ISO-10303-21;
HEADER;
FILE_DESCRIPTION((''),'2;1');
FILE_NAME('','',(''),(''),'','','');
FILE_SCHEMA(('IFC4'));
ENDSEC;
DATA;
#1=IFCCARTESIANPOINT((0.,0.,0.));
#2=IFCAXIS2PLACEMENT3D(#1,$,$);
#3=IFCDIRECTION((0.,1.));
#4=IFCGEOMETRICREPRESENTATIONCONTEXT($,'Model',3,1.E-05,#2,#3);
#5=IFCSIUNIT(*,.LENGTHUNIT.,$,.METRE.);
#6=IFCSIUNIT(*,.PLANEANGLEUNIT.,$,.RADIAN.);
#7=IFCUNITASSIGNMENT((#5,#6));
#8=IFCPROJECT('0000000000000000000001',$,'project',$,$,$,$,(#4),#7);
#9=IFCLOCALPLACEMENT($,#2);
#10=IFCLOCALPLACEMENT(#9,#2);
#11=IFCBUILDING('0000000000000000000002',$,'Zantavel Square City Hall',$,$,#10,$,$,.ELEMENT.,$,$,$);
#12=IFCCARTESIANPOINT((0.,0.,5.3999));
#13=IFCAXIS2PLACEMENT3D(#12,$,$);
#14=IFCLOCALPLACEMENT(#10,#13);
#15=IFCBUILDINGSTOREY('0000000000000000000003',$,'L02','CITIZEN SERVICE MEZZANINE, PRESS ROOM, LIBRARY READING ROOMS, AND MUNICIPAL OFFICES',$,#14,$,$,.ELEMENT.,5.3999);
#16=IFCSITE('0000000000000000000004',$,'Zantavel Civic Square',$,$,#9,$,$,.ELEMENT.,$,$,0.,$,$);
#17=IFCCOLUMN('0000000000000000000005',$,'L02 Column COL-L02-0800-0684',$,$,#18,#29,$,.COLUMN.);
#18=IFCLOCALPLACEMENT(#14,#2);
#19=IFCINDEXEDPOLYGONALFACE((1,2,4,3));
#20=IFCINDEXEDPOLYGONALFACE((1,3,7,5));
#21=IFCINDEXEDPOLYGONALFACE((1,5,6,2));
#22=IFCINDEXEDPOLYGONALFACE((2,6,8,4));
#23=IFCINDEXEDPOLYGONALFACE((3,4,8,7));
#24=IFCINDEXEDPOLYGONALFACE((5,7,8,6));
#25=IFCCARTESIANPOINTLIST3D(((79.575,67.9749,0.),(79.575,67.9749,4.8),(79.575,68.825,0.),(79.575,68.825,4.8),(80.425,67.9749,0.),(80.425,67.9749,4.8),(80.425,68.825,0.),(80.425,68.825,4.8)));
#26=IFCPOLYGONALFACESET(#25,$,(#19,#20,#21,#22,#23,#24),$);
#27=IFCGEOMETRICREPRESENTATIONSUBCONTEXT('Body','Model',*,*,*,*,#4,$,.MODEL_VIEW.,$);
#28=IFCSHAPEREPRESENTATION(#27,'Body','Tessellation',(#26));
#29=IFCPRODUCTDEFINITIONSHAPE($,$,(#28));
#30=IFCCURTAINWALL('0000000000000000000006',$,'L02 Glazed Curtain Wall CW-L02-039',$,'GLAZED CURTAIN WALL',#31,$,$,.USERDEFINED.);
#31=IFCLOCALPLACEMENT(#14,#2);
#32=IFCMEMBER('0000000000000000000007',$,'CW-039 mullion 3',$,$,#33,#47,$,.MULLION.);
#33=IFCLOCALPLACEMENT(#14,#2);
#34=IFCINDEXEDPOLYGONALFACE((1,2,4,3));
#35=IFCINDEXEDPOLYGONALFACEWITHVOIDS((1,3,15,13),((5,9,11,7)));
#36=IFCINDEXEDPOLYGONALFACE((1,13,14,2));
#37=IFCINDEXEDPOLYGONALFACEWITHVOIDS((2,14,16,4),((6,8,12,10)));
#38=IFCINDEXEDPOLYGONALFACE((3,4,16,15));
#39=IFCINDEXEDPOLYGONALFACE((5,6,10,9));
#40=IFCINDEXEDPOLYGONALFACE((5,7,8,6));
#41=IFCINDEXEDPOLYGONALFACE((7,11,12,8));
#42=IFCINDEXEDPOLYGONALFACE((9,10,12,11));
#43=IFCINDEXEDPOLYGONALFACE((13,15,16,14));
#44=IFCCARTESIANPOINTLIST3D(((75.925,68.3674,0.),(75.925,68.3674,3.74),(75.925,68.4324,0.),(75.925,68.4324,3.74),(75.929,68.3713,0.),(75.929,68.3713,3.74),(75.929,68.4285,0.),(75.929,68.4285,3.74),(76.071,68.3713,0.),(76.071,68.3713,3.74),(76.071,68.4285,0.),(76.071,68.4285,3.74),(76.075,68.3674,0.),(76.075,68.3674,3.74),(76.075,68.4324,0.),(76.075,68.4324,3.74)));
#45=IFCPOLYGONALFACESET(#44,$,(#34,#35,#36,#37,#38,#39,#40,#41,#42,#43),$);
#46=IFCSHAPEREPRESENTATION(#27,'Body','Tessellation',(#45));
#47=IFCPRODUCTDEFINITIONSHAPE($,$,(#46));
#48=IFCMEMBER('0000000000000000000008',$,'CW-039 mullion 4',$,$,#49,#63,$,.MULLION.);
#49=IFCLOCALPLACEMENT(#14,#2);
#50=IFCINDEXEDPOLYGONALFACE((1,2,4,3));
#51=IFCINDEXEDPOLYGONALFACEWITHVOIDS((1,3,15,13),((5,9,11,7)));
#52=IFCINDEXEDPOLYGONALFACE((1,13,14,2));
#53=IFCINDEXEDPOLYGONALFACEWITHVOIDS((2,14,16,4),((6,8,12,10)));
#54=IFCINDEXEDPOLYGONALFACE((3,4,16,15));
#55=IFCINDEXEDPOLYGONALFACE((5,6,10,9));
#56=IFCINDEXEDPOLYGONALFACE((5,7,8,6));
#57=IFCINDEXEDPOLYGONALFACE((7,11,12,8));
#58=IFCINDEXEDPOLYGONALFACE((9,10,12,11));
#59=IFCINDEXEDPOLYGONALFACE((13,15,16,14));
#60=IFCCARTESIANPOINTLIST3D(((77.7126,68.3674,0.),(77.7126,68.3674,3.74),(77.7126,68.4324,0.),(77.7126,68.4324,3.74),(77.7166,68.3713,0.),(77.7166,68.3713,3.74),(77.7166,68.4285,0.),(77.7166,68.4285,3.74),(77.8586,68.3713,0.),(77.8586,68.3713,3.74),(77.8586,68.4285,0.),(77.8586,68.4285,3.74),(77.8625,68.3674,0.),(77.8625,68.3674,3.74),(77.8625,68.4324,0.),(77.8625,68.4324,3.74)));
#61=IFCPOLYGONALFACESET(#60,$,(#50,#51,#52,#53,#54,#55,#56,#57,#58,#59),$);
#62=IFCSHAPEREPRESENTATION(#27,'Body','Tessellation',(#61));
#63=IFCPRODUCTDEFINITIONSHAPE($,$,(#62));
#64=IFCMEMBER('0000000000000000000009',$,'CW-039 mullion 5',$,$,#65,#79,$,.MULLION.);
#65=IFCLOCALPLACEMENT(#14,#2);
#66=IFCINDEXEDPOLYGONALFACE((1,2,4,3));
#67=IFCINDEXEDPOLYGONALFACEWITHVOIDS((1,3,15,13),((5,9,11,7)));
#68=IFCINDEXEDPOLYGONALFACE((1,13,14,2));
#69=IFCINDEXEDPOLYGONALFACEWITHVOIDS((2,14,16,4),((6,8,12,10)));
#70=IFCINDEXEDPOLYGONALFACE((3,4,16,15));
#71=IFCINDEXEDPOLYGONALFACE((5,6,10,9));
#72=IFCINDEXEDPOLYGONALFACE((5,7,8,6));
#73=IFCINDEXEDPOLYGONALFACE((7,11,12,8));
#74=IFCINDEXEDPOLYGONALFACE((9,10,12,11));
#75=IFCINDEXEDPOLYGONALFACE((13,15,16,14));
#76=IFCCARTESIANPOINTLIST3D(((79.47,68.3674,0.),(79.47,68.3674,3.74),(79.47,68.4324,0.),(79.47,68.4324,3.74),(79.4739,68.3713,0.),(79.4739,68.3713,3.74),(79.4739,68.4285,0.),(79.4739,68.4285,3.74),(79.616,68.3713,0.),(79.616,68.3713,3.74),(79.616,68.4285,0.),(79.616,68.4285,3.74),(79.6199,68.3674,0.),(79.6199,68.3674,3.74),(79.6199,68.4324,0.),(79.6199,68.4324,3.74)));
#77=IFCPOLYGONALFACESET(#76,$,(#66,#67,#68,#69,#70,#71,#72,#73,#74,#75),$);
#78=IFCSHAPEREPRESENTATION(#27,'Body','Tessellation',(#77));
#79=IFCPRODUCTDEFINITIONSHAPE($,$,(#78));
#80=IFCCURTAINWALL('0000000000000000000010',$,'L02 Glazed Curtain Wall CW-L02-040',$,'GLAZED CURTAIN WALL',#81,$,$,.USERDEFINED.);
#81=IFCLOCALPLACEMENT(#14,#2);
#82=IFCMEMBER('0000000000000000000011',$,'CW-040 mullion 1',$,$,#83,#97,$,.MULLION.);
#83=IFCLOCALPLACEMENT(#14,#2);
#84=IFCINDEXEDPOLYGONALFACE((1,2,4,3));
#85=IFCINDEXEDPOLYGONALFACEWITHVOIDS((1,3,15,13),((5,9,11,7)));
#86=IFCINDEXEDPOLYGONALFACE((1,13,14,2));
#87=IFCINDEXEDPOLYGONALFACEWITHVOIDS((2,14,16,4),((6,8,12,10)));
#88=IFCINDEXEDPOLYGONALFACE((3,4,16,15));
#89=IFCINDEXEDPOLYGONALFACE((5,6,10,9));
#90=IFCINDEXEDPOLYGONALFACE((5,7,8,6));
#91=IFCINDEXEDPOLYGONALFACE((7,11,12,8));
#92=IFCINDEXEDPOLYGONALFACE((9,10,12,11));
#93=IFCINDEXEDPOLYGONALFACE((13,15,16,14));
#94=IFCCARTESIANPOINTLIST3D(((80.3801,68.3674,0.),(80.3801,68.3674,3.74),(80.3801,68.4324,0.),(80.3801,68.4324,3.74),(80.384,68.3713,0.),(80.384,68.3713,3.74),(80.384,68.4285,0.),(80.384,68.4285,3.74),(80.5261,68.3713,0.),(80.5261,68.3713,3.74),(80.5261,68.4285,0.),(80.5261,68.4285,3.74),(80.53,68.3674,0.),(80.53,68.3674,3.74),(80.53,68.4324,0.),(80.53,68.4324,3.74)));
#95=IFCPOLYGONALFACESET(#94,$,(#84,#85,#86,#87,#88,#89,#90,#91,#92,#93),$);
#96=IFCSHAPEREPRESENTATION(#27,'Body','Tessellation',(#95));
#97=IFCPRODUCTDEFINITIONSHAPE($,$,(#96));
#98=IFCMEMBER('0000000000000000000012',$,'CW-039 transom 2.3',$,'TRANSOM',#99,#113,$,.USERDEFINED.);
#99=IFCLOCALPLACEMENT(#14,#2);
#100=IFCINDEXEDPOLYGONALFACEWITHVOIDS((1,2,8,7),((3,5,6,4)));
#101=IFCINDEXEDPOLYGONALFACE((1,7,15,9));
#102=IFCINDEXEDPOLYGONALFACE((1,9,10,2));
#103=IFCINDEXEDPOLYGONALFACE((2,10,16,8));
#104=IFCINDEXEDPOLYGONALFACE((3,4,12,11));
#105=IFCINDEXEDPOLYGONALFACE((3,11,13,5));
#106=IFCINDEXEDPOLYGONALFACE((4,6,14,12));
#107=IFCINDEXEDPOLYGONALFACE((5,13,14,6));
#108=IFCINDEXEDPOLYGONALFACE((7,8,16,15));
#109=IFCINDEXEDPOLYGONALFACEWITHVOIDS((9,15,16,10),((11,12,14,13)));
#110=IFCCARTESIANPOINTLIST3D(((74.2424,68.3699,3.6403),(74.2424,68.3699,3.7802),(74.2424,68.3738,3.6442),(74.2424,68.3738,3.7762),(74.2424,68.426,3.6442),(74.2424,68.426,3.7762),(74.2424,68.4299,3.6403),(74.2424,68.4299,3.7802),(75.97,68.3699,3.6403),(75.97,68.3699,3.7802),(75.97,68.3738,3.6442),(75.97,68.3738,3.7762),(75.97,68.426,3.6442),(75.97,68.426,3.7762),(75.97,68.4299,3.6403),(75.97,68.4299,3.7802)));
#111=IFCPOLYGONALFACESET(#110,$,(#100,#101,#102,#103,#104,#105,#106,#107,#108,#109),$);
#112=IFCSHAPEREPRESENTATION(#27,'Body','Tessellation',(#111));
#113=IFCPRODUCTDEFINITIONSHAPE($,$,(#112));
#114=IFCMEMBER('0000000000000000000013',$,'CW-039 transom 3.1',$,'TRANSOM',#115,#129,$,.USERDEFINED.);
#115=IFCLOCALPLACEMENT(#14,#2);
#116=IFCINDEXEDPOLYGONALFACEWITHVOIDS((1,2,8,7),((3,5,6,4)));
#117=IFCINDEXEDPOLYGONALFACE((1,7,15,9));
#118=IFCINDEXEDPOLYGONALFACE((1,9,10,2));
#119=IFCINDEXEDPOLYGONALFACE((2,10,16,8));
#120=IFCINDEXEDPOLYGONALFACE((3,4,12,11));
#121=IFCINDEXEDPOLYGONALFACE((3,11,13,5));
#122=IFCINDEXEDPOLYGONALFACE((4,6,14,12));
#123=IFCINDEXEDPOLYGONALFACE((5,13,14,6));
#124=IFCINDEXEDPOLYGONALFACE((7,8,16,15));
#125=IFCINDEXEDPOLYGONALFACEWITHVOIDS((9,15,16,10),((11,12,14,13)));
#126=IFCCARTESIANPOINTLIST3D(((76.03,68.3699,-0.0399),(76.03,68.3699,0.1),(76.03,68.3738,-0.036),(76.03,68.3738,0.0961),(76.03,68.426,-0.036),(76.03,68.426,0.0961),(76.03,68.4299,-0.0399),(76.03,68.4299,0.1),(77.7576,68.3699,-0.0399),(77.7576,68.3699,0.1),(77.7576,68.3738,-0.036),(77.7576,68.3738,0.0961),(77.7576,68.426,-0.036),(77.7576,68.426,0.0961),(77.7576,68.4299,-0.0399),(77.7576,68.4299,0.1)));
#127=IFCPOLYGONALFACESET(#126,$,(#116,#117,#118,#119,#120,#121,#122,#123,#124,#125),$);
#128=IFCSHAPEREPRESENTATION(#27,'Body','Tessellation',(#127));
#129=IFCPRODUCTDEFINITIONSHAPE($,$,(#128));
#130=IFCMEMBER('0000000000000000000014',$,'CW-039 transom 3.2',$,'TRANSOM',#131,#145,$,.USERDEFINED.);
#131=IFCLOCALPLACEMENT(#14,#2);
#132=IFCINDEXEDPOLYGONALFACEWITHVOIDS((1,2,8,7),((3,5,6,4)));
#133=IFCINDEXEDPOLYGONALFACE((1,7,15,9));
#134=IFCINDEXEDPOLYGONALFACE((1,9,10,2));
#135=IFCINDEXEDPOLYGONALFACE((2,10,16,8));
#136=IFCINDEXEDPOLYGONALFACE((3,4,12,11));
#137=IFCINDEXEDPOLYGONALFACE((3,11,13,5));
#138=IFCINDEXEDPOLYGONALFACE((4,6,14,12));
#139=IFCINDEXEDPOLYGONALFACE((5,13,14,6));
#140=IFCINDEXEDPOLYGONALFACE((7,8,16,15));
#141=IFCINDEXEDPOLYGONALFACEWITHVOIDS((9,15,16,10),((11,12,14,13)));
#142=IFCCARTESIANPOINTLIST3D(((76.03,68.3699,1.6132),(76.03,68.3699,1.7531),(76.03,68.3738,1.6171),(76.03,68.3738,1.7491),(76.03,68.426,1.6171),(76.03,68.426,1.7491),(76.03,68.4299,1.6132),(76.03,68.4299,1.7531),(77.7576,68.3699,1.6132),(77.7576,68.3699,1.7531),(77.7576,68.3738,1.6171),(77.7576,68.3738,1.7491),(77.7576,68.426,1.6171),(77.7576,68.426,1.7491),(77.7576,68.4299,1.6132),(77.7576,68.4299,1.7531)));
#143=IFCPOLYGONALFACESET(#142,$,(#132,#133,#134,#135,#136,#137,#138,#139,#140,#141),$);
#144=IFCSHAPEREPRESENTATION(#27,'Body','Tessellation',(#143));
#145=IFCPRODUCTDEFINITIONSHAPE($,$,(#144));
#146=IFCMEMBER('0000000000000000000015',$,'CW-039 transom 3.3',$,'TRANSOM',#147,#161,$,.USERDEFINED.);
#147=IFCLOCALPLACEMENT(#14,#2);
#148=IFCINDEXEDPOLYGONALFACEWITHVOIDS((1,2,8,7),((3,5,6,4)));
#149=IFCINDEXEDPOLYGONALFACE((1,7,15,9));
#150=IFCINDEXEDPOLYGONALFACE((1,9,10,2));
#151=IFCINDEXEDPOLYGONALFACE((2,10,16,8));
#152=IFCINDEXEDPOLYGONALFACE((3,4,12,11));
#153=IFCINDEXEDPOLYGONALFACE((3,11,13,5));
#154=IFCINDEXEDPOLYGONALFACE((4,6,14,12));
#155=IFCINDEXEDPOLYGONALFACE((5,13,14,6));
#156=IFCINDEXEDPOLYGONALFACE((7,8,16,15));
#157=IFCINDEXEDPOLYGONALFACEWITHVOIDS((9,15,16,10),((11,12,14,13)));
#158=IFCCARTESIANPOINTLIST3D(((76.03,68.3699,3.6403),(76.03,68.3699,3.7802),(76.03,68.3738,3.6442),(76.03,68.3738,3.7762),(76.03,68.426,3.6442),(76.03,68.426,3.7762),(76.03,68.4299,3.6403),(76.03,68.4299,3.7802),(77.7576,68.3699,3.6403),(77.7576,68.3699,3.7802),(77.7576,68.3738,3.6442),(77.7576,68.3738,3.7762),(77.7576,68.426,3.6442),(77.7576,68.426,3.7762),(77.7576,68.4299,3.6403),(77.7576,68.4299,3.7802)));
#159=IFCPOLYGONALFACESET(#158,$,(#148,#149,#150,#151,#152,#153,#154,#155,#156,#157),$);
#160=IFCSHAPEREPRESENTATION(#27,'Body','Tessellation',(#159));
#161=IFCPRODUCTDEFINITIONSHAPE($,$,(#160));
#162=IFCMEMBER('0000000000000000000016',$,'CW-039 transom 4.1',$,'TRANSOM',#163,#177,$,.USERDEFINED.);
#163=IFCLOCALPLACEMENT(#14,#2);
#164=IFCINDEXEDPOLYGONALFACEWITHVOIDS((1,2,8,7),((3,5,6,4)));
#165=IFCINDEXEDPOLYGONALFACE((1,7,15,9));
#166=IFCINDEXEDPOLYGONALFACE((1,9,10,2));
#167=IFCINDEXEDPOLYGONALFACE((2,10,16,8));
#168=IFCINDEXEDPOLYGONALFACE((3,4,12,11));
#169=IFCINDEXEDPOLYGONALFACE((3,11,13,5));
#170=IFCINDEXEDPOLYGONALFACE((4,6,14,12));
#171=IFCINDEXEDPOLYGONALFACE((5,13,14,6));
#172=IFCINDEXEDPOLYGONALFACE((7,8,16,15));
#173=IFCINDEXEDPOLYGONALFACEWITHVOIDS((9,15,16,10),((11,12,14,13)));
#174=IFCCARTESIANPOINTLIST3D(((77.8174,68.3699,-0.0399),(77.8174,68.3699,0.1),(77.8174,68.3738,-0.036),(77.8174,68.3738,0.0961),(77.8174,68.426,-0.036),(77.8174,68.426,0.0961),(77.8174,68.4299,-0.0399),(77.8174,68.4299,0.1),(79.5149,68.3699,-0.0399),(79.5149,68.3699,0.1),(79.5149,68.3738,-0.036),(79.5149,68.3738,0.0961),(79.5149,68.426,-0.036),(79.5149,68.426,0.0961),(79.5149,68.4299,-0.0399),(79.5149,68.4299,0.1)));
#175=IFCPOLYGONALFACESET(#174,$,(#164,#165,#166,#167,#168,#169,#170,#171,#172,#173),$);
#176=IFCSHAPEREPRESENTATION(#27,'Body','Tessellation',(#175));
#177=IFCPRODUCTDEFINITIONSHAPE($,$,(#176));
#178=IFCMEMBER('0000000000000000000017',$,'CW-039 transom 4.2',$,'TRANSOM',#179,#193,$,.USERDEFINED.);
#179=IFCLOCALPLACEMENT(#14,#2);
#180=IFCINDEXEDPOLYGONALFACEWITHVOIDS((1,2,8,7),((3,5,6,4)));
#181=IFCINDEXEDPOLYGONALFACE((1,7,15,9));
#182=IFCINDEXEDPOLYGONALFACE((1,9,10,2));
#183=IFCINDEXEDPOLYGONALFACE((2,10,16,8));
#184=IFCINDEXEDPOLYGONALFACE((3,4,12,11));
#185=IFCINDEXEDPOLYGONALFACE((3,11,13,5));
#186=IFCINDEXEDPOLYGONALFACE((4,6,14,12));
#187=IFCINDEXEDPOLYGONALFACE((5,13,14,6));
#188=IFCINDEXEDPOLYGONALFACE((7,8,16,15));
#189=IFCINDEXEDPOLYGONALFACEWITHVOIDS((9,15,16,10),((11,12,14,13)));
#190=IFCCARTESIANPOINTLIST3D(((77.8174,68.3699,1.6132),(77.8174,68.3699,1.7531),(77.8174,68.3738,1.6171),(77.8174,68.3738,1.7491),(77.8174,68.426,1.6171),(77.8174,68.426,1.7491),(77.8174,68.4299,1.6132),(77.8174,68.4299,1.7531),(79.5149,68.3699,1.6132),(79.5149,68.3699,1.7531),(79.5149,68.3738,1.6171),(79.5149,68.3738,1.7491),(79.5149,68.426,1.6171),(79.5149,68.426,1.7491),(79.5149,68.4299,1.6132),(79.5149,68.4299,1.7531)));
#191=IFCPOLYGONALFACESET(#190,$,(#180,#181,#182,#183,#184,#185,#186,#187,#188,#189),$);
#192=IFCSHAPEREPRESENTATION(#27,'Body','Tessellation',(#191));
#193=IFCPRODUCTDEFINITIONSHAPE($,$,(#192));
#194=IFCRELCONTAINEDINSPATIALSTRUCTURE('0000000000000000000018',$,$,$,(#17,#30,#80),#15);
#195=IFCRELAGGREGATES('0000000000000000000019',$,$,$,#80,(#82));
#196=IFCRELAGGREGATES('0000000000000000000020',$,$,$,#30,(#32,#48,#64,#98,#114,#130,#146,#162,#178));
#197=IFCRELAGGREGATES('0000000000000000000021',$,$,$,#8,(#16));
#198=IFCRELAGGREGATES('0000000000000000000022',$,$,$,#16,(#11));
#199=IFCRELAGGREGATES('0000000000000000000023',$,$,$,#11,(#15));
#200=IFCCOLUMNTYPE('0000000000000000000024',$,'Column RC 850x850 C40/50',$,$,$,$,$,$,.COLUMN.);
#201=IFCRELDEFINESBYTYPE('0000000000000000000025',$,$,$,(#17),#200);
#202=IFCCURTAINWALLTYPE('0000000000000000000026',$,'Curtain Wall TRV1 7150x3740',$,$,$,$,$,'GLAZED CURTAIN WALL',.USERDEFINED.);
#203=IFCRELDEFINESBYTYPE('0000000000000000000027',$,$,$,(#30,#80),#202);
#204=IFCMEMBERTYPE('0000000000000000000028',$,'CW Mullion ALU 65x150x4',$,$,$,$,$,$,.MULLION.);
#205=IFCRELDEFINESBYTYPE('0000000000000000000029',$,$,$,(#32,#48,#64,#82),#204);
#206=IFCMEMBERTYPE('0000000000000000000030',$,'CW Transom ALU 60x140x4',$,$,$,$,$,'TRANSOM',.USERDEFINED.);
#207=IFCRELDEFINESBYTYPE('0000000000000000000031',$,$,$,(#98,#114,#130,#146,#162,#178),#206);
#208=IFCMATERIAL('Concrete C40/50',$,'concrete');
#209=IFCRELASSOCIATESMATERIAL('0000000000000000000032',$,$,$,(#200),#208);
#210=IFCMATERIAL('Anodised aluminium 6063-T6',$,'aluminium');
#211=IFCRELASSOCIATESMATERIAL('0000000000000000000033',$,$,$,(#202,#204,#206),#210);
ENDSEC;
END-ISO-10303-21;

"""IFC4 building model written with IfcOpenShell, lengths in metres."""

from ifc_helpers import new_model, si_unit, direction, frame, origin, origin_2d, place, context, subcontext, project, spatial, rectangle, hollow_rectangle, extrude, material, material_profile, profile_set, type_object, element, aggregate, save


model = new_model("IFC4")

# Units and contexts
model_context = context("Model", 3, precision=1e-05, world=origin(), true_north=direction((0.0, 1.0)))
body_context = subcontext(model_context, "Body", "Model", "MODEL_VIEW")
ifc_project = project(units=[si_unit("LENGTHUNIT", "METRE"), si_unit("PLANEANGLEUNIT", "RADIAN")], contexts=[model_context])

# Site, building, storey
site_placement = place(None, origin())
site = spatial("IfcSite", under=ifc_project, at=site_placement, Name="Zantavel Civic Square", CompositionType="ELEMENT", RefElevation=0.0)
building_placement = place(site_placement, origin())
building = spatial("IfcBuilding", under=site, at=building_placement, Name="Zantavel Square City Hall", CompositionType="ELEMENT")
storey_placement = place(building_placement, frame((0.0, 0.0, 5.3999)))
storey = spatial("IfcBuildingStorey", under=building, at=storey_placement, Name="L02", Description="CITIZEN SERVICE MEZZANINE, PRESS ROOM, LIBRARY READING ROOMS, AND MUNICIPAL OFFICES", CompositionType="ELEMENT", Elevation=5.3999)

# Column
ifc_material_1 = material(Name="Concrete C40/50", Category="concrete")
ifc_material_profile_1 = material_profile(ifc_material_1, rectangle(XDim=0.8501, YDim=0.8501, at=origin_2d()), Name="RC 850x850")
ifc_profile_set_1 = profile_set([ifc_material_profile_1], Name="Concrete C40/50")
column_type = type_object("IfcColumnType", Name="Column RC 850x850 C40/50", PredefinedType="COLUMN", material=ifc_profile_set_1)
column_placement = place(storey_placement, frame((80.0, 68.3999, 0.0), z_axis=(0.0, 0.0, 1.0), x_axis=(1.0, 0.0, 0.0)))
element("IfcColumn", 1, at=column_placement, inside=storey, type_object=column_type, Name="L02 Column COL-L02-0800-0684", PredefinedType="COLUMN", context=body_context, shape_type="SweptSolid", body=[
    extrude(rectangle(XDim=0.8501, YDim=0.8501, at=origin_2d()), origin(), (0.0, 0.0, 1.0), 4.8),
])

# Curtain wall, members
ifc_material_2 = material(Name="Anodised aluminium 6063-T6", Category="aluminium")
curtain_wall_type = type_object("IfcCurtainWallType", Name="Curtain Wall TRV1 7150x3740", ElementType="GLAZED CURTAIN WALL", PredefinedType="USERDEFINED", material=ifc_material_2)
curtain_wall_1_placement = place(storey_placement, origin())
curtain_wall_1 = element("IfcCurtainWall", 2, at=curtain_wall_1_placement, inside=storey, type_object=curtain_wall_type, Name="L02 Glazed Curtain Wall CW-L02-039", ObjectType="GLAZED CURTAIN WALL", PredefinedType="USERDEFINED")
ifc_material_profile_2 = material_profile(ifc_material_2, hollow_rectangle(XDim=0.0649, YDim=0.1499, WallThickness=0.0039, at=origin_2d()), Name="ALU 65x150x4")
ifc_profile_set_2 = profile_set([ifc_material_profile_2], Name="Anodised aluminium 6063-T6")
member_type_1 = type_object("IfcMemberType", Name="CW Mullion ALU 65x150x4", PredefinedType="MULLION", material=ifc_profile_set_2)
member_1_placement = place(storey_placement, frame((76.0, 68.3999, 0.0), z_axis=(0.0, 0.0, 1.0), x_axis=(0.0, 1.0, 0.0)))
member_1 = element("IfcMember", 3, at=member_1_placement, type_object=member_type_1, Name="CW-039 mullion 3", PredefinedType="MULLION", context=body_context, shape_type="SweptSolid", body=[
    extrude(hollow_rectangle(XDim=0.0649, YDim=0.1499, WallThickness=0.0039, at=origin_2d()), origin(), (0.0, 0.0, 1.0), 3.74),
])
member_2_placement = place(storey_placement, frame((77.7876, 68.3999, 0.0), z_axis=(0.0, 0.0, 1.0), x_axis=(0.0, 1.0, 0.0)))
member_2 = element("IfcMember", 4, at=member_2_placement, type_object=member_type_1, Name="CW-039 mullion 4", PredefinedType="MULLION", context=body_context, shape_type="SweptSolid", body=[
    extrude(hollow_rectangle(XDim=0.0649, YDim=0.1499, WallThickness=0.0039, at=origin_2d()), origin(), (0.0, 0.0, 1.0), 3.74),
])
member_3_placement = place(storey_placement, frame((79.5449, 68.3999, 0.0), z_axis=(0.0, 0.0, 1.0), x_axis=(0.0, 1.0, 0.0)))
member_3 = element("IfcMember", 5, at=member_3_placement, type_object=member_type_1, Name="CW-039 mullion 5", PredefinedType="MULLION", context=body_context, shape_type="SweptSolid", body=[
    extrude(hollow_rectangle(XDim=0.0649, YDim=0.1499, WallThickness=0.0039, at=origin_2d()), origin(), (0.0, 0.0, 1.0), 3.74),
])

# Curtain wall, member
curtain_wall_2_placement = place(storey_placement, origin())
curtain_wall_2 = element("IfcCurtainWall", 6, at=curtain_wall_2_placement, inside=storey, type_object=curtain_wall_type, Name="L02 Glazed Curtain Wall CW-L02-040", ObjectType="GLAZED CURTAIN WALL", PredefinedType="USERDEFINED")
member_4_placement = place(storey_placement, frame((80.4551, 68.3999, 0.0), z_axis=(0.0, 0.0, 1.0), x_axis=(0.0, 1.0, 0.0)))
member_4 = element("IfcMember", 7, at=member_4_placement, type_object=member_type_1, Name="CW-040 mullion 1", PredefinedType="MULLION", context=body_context, shape_type="SweptSolid", body=[
    extrude(hollow_rectangle(XDim=0.0649, YDim=0.1499, WallThickness=0.0039, at=origin_2d()), origin(), (0.0, 0.0, 1.0), 3.74),
])

# Members
ifc_material_profile_3 = material_profile(ifc_material_2, hollow_rectangle(XDim=0.0601, YDim=0.1399, WallThickness=0.0039, at=origin_2d()), Name="ALU 60x140x4")
ifc_profile_set_3 = profile_set([ifc_material_profile_3], Name="Anodised aluminium 6063-T6")
member_type_2 = type_object("IfcMemberType", Name="CW Transom ALU 60x140x4", ElementType="TRANSOM", PredefinedType="USERDEFINED", material=ifc_profile_set_3)
member_5_placement = place(storey_placement, frame((74.2424, 68.3999, 3.7102), z_axis=(1.0, 0.0, 0.0), x_axis=(0.0, 1.0, 0.0)))
member_5 = element("IfcMember", 8, at=member_5_placement, type_object=member_type_2, Name="CW-039 transom 2.3", ObjectType="TRANSOM", PredefinedType="USERDEFINED", context=body_context, shape_type="SweptSolid", body=[
    extrude(hollow_rectangle(XDim=0.0601, YDim=0.1399, WallThickness=0.0039, at=origin_2d()), origin(), (0.0, 0.0, 1.0), 1.7275),
])
member_6_placement = place(storey_placement, frame((76.03, 68.3999, 0.03), z_axis=(1.0, 0.0, 0.0), x_axis=(0.0, 1.0, 0.0)))
member_6 = element("IfcMember", 9, at=member_6_placement, type_object=member_type_2, Name="CW-039 transom 3.1", ObjectType="TRANSOM", PredefinedType="USERDEFINED", context=body_context, shape_type="SweptSolid", body=[
    extrude(hollow_rectangle(XDim=0.0601, YDim=0.1399, WallThickness=0.0039, at=origin_2d()), origin(), (0.0, 0.0, 1.0), 1.7275),
])
member_7_placement = place(storey_placement, frame((76.03, 68.3999, 1.6831), z_axis=(1.0, 0.0, 0.0), x_axis=(0.0, 1.0, 0.0)))
member_7 = element("IfcMember", 10, at=member_7_placement, type_object=member_type_2, Name="CW-039 transom 3.2", ObjectType="TRANSOM", PredefinedType="USERDEFINED", context=body_context, shape_type="SweptSolid", body=[
    extrude(hollow_rectangle(XDim=0.0601, YDim=0.1399, WallThickness=0.0039, at=origin_2d()), origin(), (0.0, 0.0, 1.0), 1.7275),
])
member_8_placement = place(storey_placement, frame((76.03, 68.3999, 3.7102), z_axis=(1.0, 0.0, 0.0), x_axis=(0.0, 1.0, 0.0)))
member_8 = element("IfcMember", 11, at=member_8_placement, type_object=member_type_2, Name="CW-039 transom 3.3", ObjectType="TRANSOM", PredefinedType="USERDEFINED", context=body_context, shape_type="SweptSolid", body=[
    extrude(hollow_rectangle(XDim=0.0601, YDim=0.1399, WallThickness=0.0039, at=origin_2d()), origin(), (0.0, 0.0, 1.0), 1.7275),
])
member_9_placement = place(storey_placement, frame((77.8174, 68.3999, 0.03), z_axis=(1.0, 0.0, 0.0), x_axis=(0.0, 1.0, 0.0)))
member_9 = element("IfcMember", 12, at=member_9_placement, type_object=member_type_2, Name="CW-039 transom 4.1", ObjectType="TRANSOM", PredefinedType="USERDEFINED", context=body_context, shape_type="SweptSolid", body=[
    extrude(hollow_rectangle(XDim=0.0601, YDim=0.1399, WallThickness=0.0039, at=origin_2d()), origin(), (0.0, 0.0, 1.0), 1.6975),
])
member_10_placement = place(storey_placement, frame((77.8174, 68.3999, 1.6831), z_axis=(1.0, 0.0, 0.0), x_axis=(0.0, 1.0, 0.0)))
member_10 = element("IfcMember", 13, at=member_10_placement, type_object=member_type_2, Name="CW-039 transom 4.2", ObjectType="TRANSOM", PredefinedType="USERDEFINED", context=body_context, shape_type="SweptSolid", body=[
    extrude(hollow_rectangle(XDim=0.0601, YDim=0.1399, WallThickness=0.0039, at=origin_2d()), origin(), (0.0, 0.0, 1.0), 1.6975),
])
aggregate(curtain_wall_2, [member_4])

aggregate(curtain_wall_1, [member_1, member_2, member_3, member_5, member_6, member_7, member_8, member_9, member_10])

save(model, "model.ifc")
